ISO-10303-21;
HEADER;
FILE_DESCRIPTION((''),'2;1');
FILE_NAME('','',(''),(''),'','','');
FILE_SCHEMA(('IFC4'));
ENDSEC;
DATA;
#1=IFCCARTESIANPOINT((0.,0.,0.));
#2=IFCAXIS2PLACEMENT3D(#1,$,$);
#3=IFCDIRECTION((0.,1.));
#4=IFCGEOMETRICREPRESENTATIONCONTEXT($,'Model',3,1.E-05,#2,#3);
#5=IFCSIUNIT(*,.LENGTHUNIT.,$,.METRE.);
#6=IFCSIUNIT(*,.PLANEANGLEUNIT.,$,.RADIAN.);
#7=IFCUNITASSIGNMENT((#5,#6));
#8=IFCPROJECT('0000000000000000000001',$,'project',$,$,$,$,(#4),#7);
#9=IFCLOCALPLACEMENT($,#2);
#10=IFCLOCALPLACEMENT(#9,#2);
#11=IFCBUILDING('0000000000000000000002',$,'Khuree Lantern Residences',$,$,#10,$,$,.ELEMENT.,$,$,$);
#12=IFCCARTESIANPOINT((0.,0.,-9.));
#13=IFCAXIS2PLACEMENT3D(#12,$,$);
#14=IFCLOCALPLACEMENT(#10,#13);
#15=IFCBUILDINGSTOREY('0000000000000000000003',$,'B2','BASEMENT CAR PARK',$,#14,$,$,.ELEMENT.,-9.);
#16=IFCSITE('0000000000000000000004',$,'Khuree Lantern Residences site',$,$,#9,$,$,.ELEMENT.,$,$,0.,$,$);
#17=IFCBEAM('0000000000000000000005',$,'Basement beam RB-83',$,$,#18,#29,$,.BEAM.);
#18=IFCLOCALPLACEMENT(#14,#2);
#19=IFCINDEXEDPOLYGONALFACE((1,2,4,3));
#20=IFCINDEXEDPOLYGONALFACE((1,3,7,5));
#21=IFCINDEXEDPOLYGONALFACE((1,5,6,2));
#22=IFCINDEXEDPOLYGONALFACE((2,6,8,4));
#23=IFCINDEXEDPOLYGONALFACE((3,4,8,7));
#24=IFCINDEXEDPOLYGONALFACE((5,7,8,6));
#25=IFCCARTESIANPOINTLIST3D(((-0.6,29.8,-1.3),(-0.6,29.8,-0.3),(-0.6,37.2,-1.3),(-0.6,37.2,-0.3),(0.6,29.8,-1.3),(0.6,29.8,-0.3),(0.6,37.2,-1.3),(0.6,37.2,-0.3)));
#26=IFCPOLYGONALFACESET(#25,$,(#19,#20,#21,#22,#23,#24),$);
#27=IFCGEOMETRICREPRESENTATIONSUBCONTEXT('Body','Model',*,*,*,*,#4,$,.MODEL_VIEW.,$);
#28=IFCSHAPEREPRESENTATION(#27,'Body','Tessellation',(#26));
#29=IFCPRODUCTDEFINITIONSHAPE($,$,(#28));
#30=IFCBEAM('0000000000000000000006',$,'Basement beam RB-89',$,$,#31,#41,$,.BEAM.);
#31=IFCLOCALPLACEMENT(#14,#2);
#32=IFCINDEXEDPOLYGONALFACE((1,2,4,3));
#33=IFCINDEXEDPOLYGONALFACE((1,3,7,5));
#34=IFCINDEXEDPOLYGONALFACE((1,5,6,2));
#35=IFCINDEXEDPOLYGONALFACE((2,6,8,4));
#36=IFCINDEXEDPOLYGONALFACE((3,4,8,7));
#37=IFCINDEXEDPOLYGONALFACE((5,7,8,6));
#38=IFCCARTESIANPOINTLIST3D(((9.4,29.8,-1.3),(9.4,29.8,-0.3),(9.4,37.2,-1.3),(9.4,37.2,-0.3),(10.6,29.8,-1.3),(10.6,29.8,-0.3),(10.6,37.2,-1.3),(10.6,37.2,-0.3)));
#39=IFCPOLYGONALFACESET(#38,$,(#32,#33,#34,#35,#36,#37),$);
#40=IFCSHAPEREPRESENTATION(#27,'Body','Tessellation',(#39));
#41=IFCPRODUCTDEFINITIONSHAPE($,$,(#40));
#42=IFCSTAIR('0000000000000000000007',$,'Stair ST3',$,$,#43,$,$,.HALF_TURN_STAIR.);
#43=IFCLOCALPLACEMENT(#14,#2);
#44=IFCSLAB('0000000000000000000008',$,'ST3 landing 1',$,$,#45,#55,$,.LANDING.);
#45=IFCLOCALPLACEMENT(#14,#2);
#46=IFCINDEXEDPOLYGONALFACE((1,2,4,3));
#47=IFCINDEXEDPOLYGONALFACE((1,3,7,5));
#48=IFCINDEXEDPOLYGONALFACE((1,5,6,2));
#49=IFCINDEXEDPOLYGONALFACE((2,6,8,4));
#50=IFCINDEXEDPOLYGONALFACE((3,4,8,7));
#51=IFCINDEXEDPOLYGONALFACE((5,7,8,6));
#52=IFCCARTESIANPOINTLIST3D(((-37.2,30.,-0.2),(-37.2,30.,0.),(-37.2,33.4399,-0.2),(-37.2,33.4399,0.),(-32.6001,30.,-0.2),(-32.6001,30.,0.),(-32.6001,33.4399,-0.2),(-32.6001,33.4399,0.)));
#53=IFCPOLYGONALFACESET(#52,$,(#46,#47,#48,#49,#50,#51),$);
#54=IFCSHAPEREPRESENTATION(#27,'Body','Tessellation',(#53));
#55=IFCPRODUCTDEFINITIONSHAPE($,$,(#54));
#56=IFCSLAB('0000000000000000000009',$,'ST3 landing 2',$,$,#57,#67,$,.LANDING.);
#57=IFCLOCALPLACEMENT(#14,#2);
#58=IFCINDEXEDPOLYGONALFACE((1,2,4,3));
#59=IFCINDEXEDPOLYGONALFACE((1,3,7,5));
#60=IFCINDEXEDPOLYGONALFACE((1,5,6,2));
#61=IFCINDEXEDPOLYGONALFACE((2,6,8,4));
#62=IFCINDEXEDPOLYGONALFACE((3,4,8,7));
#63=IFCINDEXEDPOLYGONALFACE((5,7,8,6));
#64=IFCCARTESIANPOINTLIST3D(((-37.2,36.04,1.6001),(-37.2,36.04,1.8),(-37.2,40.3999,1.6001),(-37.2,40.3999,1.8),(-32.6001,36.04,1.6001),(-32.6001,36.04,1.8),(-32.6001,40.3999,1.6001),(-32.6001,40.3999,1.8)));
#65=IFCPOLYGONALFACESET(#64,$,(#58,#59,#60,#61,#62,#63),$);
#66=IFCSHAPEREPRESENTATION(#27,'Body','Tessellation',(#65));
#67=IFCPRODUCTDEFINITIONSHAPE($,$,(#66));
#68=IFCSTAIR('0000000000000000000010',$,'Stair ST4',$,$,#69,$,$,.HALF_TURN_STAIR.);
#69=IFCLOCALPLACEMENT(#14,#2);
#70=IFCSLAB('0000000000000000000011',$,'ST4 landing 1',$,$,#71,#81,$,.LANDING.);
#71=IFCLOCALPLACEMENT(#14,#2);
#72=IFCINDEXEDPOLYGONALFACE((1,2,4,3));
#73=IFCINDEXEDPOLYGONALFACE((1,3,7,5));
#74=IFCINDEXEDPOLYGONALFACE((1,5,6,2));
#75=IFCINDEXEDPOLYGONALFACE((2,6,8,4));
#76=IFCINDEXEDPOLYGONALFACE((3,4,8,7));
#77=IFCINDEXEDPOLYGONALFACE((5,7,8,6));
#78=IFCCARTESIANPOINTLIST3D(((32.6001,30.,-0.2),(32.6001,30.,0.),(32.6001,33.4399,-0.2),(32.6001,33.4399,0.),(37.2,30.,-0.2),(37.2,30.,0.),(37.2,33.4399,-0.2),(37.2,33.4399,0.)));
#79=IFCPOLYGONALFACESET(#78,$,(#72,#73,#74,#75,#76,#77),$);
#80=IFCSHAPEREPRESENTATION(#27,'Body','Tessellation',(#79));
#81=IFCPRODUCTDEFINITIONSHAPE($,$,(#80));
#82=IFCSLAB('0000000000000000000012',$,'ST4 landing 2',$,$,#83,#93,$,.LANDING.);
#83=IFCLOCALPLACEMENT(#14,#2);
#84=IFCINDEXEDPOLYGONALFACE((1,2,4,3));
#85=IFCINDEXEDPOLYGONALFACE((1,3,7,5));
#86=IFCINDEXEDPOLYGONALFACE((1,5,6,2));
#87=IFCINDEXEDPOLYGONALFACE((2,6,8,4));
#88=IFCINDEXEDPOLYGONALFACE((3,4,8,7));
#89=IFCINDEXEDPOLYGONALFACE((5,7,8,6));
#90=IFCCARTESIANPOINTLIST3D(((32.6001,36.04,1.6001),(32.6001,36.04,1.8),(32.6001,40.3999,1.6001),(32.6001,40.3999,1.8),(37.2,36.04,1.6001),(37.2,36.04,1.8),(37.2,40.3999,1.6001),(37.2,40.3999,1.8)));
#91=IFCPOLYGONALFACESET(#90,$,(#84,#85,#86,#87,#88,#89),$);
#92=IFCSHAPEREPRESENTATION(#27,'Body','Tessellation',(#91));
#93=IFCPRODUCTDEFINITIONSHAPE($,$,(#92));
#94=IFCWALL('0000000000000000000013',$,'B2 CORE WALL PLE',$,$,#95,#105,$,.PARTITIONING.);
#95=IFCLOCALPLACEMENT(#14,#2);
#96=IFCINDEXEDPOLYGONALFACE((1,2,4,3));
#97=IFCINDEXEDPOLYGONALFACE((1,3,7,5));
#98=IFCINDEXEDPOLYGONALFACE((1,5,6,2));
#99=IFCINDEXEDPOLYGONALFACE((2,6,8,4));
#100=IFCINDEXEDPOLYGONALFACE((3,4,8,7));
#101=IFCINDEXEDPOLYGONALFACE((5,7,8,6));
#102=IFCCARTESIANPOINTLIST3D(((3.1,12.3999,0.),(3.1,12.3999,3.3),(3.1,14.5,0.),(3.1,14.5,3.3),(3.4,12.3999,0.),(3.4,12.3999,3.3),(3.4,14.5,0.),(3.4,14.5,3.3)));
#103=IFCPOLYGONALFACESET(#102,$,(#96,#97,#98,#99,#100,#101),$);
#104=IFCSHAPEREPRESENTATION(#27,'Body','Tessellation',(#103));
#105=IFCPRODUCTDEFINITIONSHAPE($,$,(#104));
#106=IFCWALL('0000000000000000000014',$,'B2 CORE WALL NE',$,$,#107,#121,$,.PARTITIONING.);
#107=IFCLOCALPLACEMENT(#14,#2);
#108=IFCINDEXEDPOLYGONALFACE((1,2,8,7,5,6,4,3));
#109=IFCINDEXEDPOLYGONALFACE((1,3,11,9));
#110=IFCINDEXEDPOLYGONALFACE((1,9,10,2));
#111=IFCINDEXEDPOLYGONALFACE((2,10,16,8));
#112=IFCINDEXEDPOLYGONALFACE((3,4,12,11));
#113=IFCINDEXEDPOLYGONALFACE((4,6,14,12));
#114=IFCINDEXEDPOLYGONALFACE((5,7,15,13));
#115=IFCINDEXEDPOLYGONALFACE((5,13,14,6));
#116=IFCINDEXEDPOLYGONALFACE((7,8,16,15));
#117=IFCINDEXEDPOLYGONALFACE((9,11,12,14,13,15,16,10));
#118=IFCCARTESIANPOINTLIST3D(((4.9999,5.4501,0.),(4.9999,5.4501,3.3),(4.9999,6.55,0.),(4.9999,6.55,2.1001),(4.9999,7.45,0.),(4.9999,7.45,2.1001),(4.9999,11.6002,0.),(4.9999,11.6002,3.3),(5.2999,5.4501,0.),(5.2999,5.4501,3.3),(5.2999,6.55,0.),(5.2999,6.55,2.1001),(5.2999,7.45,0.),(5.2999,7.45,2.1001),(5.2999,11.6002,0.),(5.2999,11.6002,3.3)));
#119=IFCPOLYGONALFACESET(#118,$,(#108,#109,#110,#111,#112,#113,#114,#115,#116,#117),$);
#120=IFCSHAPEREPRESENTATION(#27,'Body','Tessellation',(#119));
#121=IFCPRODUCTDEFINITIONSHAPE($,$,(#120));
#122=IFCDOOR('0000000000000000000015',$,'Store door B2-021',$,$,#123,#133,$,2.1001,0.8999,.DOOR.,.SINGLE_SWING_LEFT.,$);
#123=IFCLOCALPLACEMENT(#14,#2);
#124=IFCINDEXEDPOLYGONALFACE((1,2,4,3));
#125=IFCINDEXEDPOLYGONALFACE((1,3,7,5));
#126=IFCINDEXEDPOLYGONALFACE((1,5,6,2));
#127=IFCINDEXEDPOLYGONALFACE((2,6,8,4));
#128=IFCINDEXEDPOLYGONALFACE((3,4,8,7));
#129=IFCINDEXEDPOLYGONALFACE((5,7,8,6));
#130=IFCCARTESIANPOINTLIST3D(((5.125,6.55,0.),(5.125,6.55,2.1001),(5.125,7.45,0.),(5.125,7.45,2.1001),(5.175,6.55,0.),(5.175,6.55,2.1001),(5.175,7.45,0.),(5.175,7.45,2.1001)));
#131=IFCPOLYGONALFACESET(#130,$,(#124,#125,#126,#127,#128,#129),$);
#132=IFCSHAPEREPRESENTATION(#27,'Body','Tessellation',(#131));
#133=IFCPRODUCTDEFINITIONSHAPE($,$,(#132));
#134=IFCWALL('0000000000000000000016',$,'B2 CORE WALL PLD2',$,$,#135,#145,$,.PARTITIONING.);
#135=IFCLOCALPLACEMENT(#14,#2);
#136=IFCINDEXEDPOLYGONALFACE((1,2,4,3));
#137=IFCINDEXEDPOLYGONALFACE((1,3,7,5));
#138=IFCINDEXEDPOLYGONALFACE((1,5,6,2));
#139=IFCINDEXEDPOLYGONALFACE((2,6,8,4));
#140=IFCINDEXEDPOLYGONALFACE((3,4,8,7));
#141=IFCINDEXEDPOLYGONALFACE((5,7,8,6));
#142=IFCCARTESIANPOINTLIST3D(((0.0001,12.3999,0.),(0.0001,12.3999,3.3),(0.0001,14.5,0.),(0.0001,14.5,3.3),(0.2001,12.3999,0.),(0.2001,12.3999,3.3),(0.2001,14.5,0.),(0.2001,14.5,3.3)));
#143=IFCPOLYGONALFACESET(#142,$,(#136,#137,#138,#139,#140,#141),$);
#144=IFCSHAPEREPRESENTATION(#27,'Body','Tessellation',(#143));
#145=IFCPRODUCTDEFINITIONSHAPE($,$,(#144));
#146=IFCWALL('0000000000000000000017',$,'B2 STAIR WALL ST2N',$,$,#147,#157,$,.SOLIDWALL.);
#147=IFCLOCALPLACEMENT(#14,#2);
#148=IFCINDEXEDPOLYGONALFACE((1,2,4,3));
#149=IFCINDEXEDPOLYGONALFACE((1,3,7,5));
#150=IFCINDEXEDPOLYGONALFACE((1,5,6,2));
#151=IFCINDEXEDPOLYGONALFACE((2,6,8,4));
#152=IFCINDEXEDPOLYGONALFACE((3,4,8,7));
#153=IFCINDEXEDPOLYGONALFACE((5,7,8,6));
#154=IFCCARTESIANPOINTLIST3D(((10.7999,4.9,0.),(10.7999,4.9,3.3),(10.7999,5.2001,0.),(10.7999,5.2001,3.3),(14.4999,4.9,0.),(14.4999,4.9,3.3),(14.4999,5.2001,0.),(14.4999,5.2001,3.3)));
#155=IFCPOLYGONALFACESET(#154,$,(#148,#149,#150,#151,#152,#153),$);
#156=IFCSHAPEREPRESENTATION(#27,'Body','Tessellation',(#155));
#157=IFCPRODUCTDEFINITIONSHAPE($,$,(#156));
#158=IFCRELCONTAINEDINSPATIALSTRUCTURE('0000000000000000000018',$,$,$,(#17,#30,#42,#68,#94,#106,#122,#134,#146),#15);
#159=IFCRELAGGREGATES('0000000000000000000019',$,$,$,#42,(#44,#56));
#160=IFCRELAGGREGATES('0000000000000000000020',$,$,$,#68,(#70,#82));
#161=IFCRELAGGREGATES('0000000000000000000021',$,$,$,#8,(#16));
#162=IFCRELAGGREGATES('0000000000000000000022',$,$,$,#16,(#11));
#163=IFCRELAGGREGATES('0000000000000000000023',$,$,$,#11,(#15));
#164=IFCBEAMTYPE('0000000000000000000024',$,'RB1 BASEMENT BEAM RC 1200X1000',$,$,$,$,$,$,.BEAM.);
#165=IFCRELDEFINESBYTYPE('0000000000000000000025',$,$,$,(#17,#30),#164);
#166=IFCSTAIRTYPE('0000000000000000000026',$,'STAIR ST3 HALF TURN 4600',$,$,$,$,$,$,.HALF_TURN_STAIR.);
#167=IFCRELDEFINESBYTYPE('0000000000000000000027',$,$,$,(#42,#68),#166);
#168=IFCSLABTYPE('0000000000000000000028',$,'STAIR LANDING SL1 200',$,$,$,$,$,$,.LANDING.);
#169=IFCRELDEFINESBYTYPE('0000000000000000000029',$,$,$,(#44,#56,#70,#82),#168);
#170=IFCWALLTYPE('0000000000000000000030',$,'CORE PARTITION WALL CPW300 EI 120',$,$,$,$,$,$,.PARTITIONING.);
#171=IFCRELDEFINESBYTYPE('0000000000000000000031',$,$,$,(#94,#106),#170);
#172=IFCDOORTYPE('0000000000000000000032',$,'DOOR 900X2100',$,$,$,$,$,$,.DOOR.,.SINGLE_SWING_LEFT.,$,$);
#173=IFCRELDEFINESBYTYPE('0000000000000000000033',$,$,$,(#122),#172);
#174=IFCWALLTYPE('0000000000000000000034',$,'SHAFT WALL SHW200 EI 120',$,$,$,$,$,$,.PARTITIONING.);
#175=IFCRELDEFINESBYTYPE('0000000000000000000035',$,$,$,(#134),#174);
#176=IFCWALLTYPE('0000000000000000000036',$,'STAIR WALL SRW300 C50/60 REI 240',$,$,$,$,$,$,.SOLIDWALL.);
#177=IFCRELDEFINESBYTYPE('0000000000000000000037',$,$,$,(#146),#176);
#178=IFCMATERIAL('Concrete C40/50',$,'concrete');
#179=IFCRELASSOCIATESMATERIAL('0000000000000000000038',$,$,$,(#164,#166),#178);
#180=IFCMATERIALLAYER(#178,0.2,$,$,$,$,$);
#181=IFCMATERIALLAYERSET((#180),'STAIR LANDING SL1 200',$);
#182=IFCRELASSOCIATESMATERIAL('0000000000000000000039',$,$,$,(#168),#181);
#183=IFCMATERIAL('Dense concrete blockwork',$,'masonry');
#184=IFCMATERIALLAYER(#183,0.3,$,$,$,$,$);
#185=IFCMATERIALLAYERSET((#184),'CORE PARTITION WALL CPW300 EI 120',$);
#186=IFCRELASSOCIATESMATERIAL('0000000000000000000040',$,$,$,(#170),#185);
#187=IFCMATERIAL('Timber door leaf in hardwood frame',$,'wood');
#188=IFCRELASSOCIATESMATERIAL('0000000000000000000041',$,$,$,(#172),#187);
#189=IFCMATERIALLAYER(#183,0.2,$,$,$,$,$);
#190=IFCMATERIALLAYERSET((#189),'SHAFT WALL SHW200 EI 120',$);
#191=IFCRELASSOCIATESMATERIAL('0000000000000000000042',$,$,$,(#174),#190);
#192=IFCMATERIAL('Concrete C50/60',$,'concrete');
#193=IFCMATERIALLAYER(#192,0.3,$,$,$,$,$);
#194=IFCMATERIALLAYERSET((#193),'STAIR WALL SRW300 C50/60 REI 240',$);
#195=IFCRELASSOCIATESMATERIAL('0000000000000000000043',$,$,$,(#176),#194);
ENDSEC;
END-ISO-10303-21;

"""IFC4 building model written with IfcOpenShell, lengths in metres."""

from ifc_helpers import new_model, si_unit, direction, frame, frame_2d, origin, origin_2d, place, context, subcontext, project, spatial, polyline, rectangle, outline, extrude, material, layer, layer_set, material_profile, profile_set, type_object, element, fill, aggregate, save


model = new_model("IFC4")

# Units and contexts
model_context = context("Model", 3, precision=1e-05, world=origin(), true_north=direction((0.0, 1.0)))
body_context = subcontext(model_context, "Body", "Model", "MODEL_VIEW")
ifc_project = project(units=[si_unit("LENGTHUNIT", "METRE"), si_unit("PLANEANGLEUNIT", "RADIAN")], contexts=[model_context])

# Site, building, storey
site_placement = place(None, origin())
site = spatial("IfcSite", under=ifc_project, at=site_placement, Name="Khuree Lantern Residences site", CompositionType="ELEMENT", RefElevation=0.0)
building_placement = place(site_placement, origin())
building = spatial("IfcBuilding", under=site, at=building_placement, Name="Khuree Lantern Residences", CompositionType="ELEMENT")
storey_placement = place(building_placement, frame((0.0, 0.0, -9.0)))
storey = spatial("IfcBuildingStorey", under=building, at=storey_placement, Name="B2", Description="BASEMENT CAR PARK", CompositionType="ELEMENT", Elevation=-9.0)

# Shared definitions
ifc_material_1 = material(Name="Concrete C40/50", Category="concrete")

# Beams
ifc_material_profile_1 = material_profile(ifc_material_1, rectangle(XDim=1.2, YDim=1.0, at=origin_2d()), Name="RC 1200X1000")
ifc_profile_set_1 = profile_set([ifc_material_profile_1], Name="Concrete C40/50")
beam_type_1 = type_object("IfcBeamType", Name="RB1 BASEMENT BEAM RC 1200X1000", PredefinedType="BEAM", material=ifc_profile_set_1)
for number, where, z_axis, x_axis, name in (
    (1, (0.0, 29.8, -0.8), (0.0, 1.0, 0.0), (-1.0, 0.0, 0.0), "Basement beam RB-83"),
    (2, (10.0, 29.8, -0.8), (0.0, 1.0, 0.0), (-1.0, 0.0, 0.0), "Basement beam RB-89"),
):
    element("IfcBeam", number, at=place(storey_placement, frame(where, z_axis=z_axis, x_axis=x_axis)), inside=storey, type_object=beam_type_1, Name=name, PredefinedType="BEAM", context=body_context, shape_type="SweptSolid", body=[
        extrude(rectangle(XDim=1.2, YDim=1.0, at=origin_2d()), origin(), (0.0, 0.0, 1.0), 7.3999),
    ])

# Stairs, slabs
stair_type = type_object("IfcStairType", Name="STAIR ST3 HALF TURN 4600", PredefinedType="HALF_TURN_STAIR", material=ifc_material_1)
stair_1_placement = place(storey_placement, origin())
stair_1 = element("IfcStair", 3, at=stair_1_placement, inside=storey, type_object=stair_type, Name="Stair ST3", PredefinedType="HALF_TURN_STAIR")
ifc_layer_1 = layer(ifc_material_1, 0.2)
ifc_layer_set_1 = layer_set([ifc_layer_1], Name="STAIR LANDING SL1 200")
slab_type = type_object("IfcSlabType", Name="STAIR LANDING SL1 200", PredefinedType="LANDING", material=ifc_layer_set_1)
slab_1_placement = place(storey_placement, frame((0.0, 0.0, -0.2)))
slab_1 = element("IfcSlab", 4, at=slab_1_placement, type_object=slab_type, Name="ST3 landing 1", PredefinedType="LANDING", context=body_context, shape_type="SweptSolid", body=[
    extrude(outline(polyline([(-37.2, 30.0), (-32.6001, 30.0), (-32.6001, 33.4399), (-37.2, 33.4399), (-37.2, 30.0)])), origin(), (0.0, 0.0, 1.0), 0.2),
])
slab_2_placement = place(storey_placement, frame((0.0, 0.0, 1.6001)))
slab_2 = element("IfcSlab", 5, at=slab_2_placement, type_object=slab_type, Name="ST3 landing 2", PredefinedType="LANDING", context=body_context, shape_type="SweptSolid", body=[
    extrude(outline(polyline([(-37.2, 36.04), (-37.2, 40.3999), (-32.6001, 40.3999), (-32.6001, 36.04), (-37.2, 36.04)])), origin(), (0.0, 0.0, 1.0), 0.2),
])
aggregate(stair_1, [slab_1, slab_2])
stair_2_placement = place(storey_placement, origin())
stair_2 = element("IfcStair", 6, at=stair_2_placement, inside=storey, type_object=stair_type, Name="Stair ST4", PredefinedType="HALF_TURN_STAIR")
slab_3_placement = place(storey_placement, frame((0.0, 0.0, -0.2)))
slab_3 = element("IfcSlab", 7, at=slab_3_placement, type_object=slab_type, Name="ST4 landing 1", PredefinedType="LANDING", context=body_context, shape_type="SweptSolid", body=[
    extrude(outline(polyline([(32.6001, 30.0), (37.2, 30.0), (37.2, 33.4399), (32.6001, 33.4399), (32.6001, 30.0)])), origin(), (0.0, 0.0, 1.0), 0.2),
])
slab_4_placement = place(storey_placement, frame((0.0, 0.0, 1.6001)))
slab_4 = element("IfcSlab", 8, at=slab_4_placement, type_object=slab_type, Name="ST4 landing 2", PredefinedType="LANDING", context=body_context, shape_type="SweptSolid", body=[
    extrude(outline(polyline([(37.2, 40.3999), (37.2, 36.04), (32.6001, 36.04), (32.6001, 40.3999), (37.2, 40.3999)])), origin(), (0.0, 0.0, 1.0), 0.2),
])
aggregate(stair_2, [slab_3, slab_4])

# Wall
ifc_material_2 = material(Name="Dense concrete blockwork", Category="masonry")
ifc_layer_2 = layer(ifc_material_2, 0.3)
ifc_layer_set_2 = layer_set([ifc_layer_2], Name="CORE PARTITION WALL CPW300 EI 120")
wall_type_1 = type_object("IfcWallType", Name="CORE PARTITION WALL CPW300 EI 120", PredefinedType="PARTITIONING", material=ifc_layer_set_2)
wall_1_placement = place(storey_placement, frame((3.25, 12.3999, 0.0), z_axis=(0.0, 0.0, 1.0), x_axis=(0.0, 1.0, 0.0)))
element("IfcWall", 9, at=wall_1_placement, inside=storey, type_object=wall_type_1, Name="B2 CORE WALL PLE", PredefinedType="PARTITIONING", context=body_context, shape_type="SweptSolid", body=[
    extrude(rectangle(XDim=2.1001, YDim=0.3, at=frame_2d((1.05, 0.0))), origin(), (0.0, 0.0, 1.0), 3.3),
])

# Wall, opening, door
wall_2_placement = place(storey_placement, frame((5.1499, 5.45, 0.0), z_axis=(0.0, 0.0, 1.0), x_axis=(0.0, 1.0, 0.0)))
wall_2 = element("IfcWall", 10, at=wall_2_placement, inside=storey, type_object=wall_type_1, Name="B2 CORE WALL NE", PredefinedType="PARTITIONING", context=body_context, shape_type="SweptSolid", body=[
    extrude(rectangle(XDim=6.1501, YDim=0.3, at=frame_2d((3.0752, 0.0))), origin(), (0.0, 0.0, 1.0), 3.3),
])
opening_placement = place(wall_2_placement, frame((1.1001, 0.0, 0.0)))
opening = element("IfcOpeningElement", 11, at=opening_placement, cuts=wall_2, PredefinedType="OPENING", context=body_context, shape_type="SweptSolid", body=[
    extrude(rectangle(XDim=0.8999, YDim=2.1001, at=frame_2d((0.45, 1.05))), frame((0.0, 0.1602, 0.0), z_axis=(0.0, -1.0, 0.0), x_axis=(1.0, 0.0, 0.0)), (0.0, 0.0, 1.0), 0.3201),
])
ifc_material_3 = material(Name="Timber door leaf in hardwood frame", Category="wood")
door_type = type_object("IfcDoorType", Name="DOOR 900X2100", OperationType="SINGLE_SWING_LEFT", PredefinedType="DOOR", material=ifc_material_3)
door_placement = place(opening_placement, origin())
door = element("IfcDoor", 12, at=door_placement, inside=storey, type_object=door_type, Name="Store door B2-021", OperationType="SINGLE_SWING_LEFT", OverallHeight=2.1001, OverallWidth=0.8999, PredefinedType="DOOR", context=body_context, shape_type="SweptSolid", body=[
    extrude(rectangle(XDim=0.8999, YDim=2.1001, at=frame_2d((0.45, 1.05))), frame((0.0, 0.0249, 0.0), z_axis=(0.0, -1.0, 0.0), x_axis=(1.0, 0.0, 0.0)), (0.0, 0.0, 1.0), 0.05),
])
fill(opening, door)

# Walls
ifc_layer_3 = layer(ifc_material_2, 0.2)
ifc_layer_set_3 = layer_set([ifc_layer_3], Name="SHAFT WALL SHW200 EI 120")
wall_type_2 = type_object("IfcWallType", Name="SHAFT WALL SHW200 EI 120", PredefinedType="PARTITIONING", material=ifc_layer_set_3)
wall_3_placement = place(storey_placement, frame((0.1001, 12.3999, 0.0), z_axis=(0.0, 0.0, 1.0), x_axis=(0.0, 1.0, 0.0)))
element("IfcWall", 13, at=wall_3_placement, inside=storey, type_object=wall_type_2, Name="B2 CORE WALL PLD2", PredefinedType="PARTITIONING", context=body_context, shape_type="SweptSolid", body=[
    extrude(rectangle(XDim=2.1001, YDim=0.2, at=frame_2d((1.05, 0.0))), origin(), (0.0, 0.0, 1.0), 3.3),
])
ifc_material_4 = material(Name="Concrete C50/60", Category="concrete")
ifc_layer_4 = layer(ifc_material_4, 0.3)
ifc_layer_set_4 = layer_set([ifc_layer_4], Name="STAIR WALL SRW300 C50/60 REI 240")
wall_type_3 = type_object("IfcWallType", Name="STAIR WALL SRW300 C50/60 REI 240", PredefinedType="SOLIDWALL", material=ifc_layer_set_4)
wall_4_placement = place(storey_placement, frame((14.5, 5.05, 0.0), z_axis=(0.0, 0.0, 1.0), x_axis=(-1.0, 0.0, 0.0)))
element("IfcWall", 14, at=wall_4_placement, inside=storey, type_object=wall_type_3, Name="B2 STAIR WALL ST2N", PredefinedType="SOLIDWALL", context=body_context, shape_type="SweptSolid", body=[
    extrude(rectangle(XDim=3.7, YDim=0.3, at=frame_2d((1.8501, 0.0))), origin(), (0.0, 0.0, 1.0), 3.3),
])

save(model, "model.ifc")
